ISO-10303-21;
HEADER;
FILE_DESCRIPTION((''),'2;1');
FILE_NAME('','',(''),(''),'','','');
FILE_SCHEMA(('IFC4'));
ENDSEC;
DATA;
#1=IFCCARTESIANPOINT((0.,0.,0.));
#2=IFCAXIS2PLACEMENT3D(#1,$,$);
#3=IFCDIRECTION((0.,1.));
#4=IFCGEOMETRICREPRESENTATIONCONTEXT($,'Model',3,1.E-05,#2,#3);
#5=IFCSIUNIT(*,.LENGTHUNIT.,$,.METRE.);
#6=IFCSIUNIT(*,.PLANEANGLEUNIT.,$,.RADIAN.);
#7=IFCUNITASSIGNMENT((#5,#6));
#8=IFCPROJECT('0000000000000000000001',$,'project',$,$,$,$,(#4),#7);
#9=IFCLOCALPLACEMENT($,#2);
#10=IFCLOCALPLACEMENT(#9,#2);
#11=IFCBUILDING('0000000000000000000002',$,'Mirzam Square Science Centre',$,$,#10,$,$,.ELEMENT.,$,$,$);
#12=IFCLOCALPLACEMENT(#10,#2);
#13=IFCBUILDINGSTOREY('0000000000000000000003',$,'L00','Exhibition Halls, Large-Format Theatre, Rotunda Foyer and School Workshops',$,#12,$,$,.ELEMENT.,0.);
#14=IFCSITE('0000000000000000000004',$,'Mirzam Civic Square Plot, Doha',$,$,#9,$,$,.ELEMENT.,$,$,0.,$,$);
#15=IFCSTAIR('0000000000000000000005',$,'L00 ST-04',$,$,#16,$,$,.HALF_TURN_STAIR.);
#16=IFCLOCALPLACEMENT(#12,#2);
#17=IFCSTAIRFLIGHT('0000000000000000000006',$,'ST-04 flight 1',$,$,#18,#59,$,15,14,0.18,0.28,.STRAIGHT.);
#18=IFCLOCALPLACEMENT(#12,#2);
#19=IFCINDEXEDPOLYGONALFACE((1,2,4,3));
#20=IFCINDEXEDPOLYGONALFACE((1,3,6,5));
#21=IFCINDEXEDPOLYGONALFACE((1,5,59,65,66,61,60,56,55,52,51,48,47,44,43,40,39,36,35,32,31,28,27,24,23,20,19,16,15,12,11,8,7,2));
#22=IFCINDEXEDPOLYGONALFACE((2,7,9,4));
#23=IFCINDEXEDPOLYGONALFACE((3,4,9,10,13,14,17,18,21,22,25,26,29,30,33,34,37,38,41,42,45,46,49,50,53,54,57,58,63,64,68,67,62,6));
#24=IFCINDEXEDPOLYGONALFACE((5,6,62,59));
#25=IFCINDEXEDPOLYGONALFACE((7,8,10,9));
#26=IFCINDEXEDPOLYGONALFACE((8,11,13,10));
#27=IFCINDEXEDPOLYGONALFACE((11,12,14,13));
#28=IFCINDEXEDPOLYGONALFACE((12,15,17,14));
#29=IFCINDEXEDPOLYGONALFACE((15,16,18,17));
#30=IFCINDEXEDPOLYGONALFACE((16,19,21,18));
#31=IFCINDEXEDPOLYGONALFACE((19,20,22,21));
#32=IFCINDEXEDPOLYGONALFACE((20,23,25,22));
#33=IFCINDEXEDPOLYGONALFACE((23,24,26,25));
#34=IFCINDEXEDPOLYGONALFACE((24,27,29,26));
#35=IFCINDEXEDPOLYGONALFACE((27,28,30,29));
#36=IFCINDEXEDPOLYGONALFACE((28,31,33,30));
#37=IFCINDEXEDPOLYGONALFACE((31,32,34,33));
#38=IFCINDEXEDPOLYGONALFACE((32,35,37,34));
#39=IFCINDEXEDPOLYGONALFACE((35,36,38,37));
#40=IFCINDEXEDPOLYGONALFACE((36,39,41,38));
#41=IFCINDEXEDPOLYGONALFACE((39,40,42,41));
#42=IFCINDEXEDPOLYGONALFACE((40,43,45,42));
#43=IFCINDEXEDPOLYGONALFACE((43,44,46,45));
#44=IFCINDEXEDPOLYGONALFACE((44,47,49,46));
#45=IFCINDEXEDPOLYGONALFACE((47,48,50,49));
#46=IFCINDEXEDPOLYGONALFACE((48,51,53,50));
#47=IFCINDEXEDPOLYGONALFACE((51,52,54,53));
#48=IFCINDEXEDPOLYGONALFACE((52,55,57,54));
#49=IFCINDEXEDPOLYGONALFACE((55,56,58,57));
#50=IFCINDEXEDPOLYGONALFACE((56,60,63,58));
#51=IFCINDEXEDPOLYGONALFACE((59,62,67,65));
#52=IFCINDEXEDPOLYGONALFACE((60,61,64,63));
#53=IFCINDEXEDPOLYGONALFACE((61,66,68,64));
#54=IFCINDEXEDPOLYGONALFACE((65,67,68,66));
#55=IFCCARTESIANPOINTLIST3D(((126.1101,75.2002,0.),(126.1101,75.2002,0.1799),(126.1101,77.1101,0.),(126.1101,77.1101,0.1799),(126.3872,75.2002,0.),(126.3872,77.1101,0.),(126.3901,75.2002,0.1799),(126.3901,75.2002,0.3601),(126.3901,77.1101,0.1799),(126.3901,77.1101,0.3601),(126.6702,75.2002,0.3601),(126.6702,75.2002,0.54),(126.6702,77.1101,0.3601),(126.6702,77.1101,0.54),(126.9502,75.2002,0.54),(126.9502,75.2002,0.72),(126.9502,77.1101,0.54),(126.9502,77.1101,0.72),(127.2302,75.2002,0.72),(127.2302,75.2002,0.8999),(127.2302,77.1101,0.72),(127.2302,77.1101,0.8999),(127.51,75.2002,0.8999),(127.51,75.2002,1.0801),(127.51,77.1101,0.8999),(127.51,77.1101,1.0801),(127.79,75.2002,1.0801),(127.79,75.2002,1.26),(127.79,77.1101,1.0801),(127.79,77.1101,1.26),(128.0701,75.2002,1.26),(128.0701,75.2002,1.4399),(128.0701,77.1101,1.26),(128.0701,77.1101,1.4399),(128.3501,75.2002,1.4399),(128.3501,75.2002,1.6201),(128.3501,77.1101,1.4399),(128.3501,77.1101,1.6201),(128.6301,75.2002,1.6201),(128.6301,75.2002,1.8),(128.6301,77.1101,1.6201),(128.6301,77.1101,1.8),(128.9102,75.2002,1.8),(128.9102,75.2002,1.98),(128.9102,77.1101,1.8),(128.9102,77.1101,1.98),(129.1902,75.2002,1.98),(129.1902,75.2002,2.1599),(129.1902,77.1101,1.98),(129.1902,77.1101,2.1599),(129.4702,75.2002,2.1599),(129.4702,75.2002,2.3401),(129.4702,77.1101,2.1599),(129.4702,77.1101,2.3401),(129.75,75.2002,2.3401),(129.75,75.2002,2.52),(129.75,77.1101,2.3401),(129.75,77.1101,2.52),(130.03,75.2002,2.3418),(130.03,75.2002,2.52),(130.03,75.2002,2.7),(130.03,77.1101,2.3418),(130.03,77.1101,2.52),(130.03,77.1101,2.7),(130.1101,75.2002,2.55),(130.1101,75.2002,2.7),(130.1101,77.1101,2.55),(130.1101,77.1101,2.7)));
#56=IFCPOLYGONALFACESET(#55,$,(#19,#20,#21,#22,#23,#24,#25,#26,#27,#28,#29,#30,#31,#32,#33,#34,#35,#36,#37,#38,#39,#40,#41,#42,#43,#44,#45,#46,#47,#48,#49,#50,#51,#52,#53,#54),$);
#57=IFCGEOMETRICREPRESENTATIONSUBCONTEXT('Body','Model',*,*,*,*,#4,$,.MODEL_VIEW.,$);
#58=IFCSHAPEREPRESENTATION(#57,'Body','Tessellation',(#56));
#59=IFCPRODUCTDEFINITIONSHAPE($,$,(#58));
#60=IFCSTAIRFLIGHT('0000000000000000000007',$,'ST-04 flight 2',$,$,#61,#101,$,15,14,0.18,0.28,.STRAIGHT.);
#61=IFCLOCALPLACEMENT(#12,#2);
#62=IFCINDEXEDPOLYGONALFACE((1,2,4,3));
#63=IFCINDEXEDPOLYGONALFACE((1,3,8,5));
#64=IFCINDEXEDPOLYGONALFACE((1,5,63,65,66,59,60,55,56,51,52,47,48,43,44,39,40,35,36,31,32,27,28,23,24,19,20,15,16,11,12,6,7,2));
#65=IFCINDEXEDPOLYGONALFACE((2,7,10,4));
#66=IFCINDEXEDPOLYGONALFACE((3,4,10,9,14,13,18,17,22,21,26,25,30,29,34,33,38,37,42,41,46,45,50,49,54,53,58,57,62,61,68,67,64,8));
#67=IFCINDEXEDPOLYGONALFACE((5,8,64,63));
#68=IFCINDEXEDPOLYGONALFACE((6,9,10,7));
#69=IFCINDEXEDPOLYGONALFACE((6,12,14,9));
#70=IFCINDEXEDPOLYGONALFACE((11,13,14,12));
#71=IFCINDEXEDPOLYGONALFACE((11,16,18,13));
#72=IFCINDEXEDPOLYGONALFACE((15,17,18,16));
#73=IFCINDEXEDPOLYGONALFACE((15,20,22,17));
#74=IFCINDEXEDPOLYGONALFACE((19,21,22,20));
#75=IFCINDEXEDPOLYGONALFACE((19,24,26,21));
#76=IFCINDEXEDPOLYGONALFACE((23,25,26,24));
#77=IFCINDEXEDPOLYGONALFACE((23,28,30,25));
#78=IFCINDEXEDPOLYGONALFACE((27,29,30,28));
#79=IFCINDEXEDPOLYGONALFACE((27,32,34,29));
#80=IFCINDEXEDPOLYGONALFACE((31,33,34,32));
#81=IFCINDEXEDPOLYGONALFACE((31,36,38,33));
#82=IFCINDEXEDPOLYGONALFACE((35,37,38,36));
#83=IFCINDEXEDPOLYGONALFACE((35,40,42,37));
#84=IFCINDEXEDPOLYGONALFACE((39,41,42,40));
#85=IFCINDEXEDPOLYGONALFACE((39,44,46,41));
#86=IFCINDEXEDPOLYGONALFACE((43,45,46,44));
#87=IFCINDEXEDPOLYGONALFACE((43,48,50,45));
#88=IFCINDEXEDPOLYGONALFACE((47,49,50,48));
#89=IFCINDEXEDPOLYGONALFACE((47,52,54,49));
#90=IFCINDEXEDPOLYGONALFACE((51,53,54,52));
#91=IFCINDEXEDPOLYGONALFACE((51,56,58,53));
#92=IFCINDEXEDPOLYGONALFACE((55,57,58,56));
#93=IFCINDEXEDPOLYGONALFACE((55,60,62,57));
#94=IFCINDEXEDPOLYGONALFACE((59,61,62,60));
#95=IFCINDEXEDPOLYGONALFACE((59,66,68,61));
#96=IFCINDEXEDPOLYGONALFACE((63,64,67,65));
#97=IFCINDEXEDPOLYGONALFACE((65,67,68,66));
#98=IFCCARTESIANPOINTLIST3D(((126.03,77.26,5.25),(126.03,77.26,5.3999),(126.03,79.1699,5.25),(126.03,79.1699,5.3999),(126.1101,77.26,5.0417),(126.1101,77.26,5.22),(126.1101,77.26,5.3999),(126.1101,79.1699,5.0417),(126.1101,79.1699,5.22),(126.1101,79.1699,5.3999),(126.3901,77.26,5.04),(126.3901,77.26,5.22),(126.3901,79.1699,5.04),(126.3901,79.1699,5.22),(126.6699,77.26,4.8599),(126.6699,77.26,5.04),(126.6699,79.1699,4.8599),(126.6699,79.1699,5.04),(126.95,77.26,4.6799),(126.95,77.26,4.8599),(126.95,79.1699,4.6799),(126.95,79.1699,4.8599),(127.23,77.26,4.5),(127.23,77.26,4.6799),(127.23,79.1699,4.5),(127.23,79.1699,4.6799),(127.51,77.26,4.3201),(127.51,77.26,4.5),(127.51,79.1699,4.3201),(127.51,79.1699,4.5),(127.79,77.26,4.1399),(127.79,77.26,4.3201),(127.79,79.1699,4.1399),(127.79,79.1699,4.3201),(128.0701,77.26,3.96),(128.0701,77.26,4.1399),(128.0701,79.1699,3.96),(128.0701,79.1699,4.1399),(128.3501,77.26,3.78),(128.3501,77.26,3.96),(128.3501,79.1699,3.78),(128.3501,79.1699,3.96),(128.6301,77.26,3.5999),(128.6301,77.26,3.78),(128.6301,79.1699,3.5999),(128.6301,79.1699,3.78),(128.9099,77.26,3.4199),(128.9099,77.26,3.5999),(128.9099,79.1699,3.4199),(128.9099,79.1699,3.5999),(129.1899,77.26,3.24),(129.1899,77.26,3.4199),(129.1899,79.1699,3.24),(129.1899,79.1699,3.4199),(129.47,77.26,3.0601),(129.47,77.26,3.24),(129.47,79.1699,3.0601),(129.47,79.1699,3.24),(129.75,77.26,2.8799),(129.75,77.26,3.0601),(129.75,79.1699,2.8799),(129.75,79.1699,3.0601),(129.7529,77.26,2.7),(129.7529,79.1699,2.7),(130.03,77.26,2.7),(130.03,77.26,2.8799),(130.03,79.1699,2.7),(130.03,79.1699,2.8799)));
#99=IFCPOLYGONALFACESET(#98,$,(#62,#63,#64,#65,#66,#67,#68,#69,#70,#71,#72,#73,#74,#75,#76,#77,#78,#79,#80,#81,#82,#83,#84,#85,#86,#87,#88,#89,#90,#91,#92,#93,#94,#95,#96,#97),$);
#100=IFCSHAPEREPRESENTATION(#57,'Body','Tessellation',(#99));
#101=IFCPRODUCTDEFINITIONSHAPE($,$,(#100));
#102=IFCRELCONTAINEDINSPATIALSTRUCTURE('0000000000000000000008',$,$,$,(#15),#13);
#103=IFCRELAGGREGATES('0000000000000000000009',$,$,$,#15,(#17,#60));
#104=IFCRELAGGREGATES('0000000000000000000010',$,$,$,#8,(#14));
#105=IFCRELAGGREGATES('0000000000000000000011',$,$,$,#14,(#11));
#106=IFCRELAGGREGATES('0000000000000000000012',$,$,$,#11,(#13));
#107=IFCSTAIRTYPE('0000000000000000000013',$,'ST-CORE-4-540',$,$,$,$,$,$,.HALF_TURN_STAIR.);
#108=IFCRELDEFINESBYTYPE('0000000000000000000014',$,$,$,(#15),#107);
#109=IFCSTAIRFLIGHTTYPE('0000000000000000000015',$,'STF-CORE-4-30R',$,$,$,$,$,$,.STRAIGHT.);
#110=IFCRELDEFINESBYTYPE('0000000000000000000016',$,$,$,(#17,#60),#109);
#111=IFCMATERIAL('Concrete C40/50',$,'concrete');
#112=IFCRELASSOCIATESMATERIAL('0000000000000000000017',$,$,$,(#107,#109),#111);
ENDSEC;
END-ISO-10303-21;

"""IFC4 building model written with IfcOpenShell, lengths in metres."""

from ifc_helpers import new_model, si_unit, direction, frame, origin, place, context, subcontext, project, spatial, polyline, outline, extrude, material, type_object, element, aggregate, save


model = new_model("IFC4")

# Units and contexts
model_context = context("Model", 3, precision=1e-05, world=origin(), true_north=direction((0.0, 1.0)))
body_context = subcontext(model_context, "Body", "Model", "MODEL_VIEW")
ifc_project = project(units=[si_unit("LENGTHUNIT", "METRE"), si_unit("PLANEANGLEUNIT", "RADIAN")], contexts=[model_context])

# Site, building, storey
site_placement = place(None, origin())
site = spatial("IfcSite", under=ifc_project, at=site_placement, Name="Mirzam Civic Square Plot, Doha", CompositionType="ELEMENT", RefElevation=0.0)
building_placement = place(site_placement, origin())
building = spatial("IfcBuilding", under=site, at=building_placement, Name="Mirzam Square Science Centre", CompositionType="ELEMENT")
storey_placement = place(building_placement, origin())
storey = spatial("IfcBuildingStorey", under=building, at=storey_placement, Name="L00", Description="Exhibition Halls, Large-Format Theatre, Rotunda Foyer and School Workshops", CompositionType="ELEMENT", Elevation=0.0)

# Stair, stair flights
ifc_material_1 = material(Name="Concrete C40/50", Category="concrete")
stair_type = type_object("IfcStairType", Name="ST-CORE-4-540", PredefinedType="HALF_TURN_STAIR", material=ifc_material_1)
stair_placement = place(storey_placement, origin())
stair = element("IfcStair", 1, at=stair_placement, inside=storey, type_object=stair_type, Name="L00 ST-04", PredefinedType="HALF_TURN_STAIR")
stair_flight_type = type_object("IfcStairFlightType", Name="STF-CORE-4-30R", PredefinedType="STRAIGHT", material=ifc_material_1)
stair_flight_1_placement = place(storey_placement, frame((126.1101, 76.155, 0.0), z_axis=(0.0, 0.0, 1.0), x_axis=(1.0, 0.0, 0.0)))
stair_flight_1 = element("IfcStairFlight", 2, at=stair_flight_1_placement, type_object=stair_flight_type, Name="ST-04 flight 1", NumberOfRisers=15, NumberOfTreads=14, PredefinedType="STRAIGHT", RiserHeight=0.18, TreadLength=0.28, context=body_context, shape_type="SweptSolid", body=[
    extrude(outline(polyline([(0.0, 0.0), (0.0, 0.1799), (0.28, 0.1799), (0.28, 0.3601), (0.5601, 0.3601), (0.5601, 0.54), (0.8401, 0.54), (0.8401, 0.72), (1.1201, 0.72), (1.1201, 0.8999), (1.3999, 0.8999), (1.3999, 1.0801), (1.6799, 1.0801), (1.6799, 1.26), (1.96, 1.26), (1.96, 1.4399), (2.24, 1.4399), (2.24, 1.6201), (2.52, 1.6201), (2.52, 1.8), (2.8, 1.8), (2.8, 1.98), (3.0801, 1.98), (3.0801, 2.1599), (3.3601, 2.1599), (3.3601, 2.3401), (3.6399, 2.3401), (3.6399, 2.52), (3.9199, 2.52), (3.9199, 2.7), (4.0, 2.7), (4.0, 2.55), (3.9199, 2.3418), (0.2771, 0.0), (0.0, 0.0)])), frame((0.0, 0.9551, 0.0), z_axis=(0.0, -1.0, 0.0), x_axis=(1.0, 0.0, 0.0)), (0.0, 0.0, 1.0), 1.9099),
])
stair_flight_2_placement = place(storey_placement, frame((130.03, 78.2151, 2.7), z_axis=(0.0, 0.0, 1.0), x_axis=(-1.0, 0.0, 0.0)))
stair_flight_2 = element("IfcStairFlight", 3, at=stair_flight_2_placement, type_object=stair_flight_type, Name="ST-04 flight 2", NumberOfRisers=15, NumberOfTreads=14, PredefinedType="STRAIGHT", RiserHeight=0.18, TreadLength=0.28, context=body_context, shape_type="SweptSolid", body=[
    extrude(outline(polyline([(0.0, 0.0), (0.0, 0.1799), (0.28, 0.1799), (0.28, 0.3601), (0.5601, 0.3601), (0.5601, 0.54), (0.8401, 0.54), (0.8401, 0.72), (1.1201, 0.72), (1.1201, 0.8999), (1.3999, 0.8999), (1.3999, 1.0801), (1.6799, 1.0801), (1.6799, 1.26), (1.96, 1.26), (1.96, 1.4399), (2.24, 1.4399), (2.24, 1.6201), (2.52, 1.6201), (2.52, 1.8), (2.8, 1.8), (2.8, 1.98), (3.0801, 1.98), (3.0801, 2.1599), (3.3601, 2.1599), (3.3601, 2.3401), (3.6399, 2.3401), (3.6399, 2.52), (3.9199, 2.52), (3.9199, 2.7), (4.0, 2.7), (4.0, 2.55), (3.9199, 2.3418), (0.2771, 0.0), (0.0, 0.0)])), frame((0.0, 0.9551, 0.0), z_axis=(0.0, -1.0, 0.0), x_axis=(1.0, 0.0, 0.0)), (0.0, 0.0, 1.0), 1.9099),
])
aggregate(stair, [stair_flight_1, stair_flight_2])

save(model, "model.ifc")
